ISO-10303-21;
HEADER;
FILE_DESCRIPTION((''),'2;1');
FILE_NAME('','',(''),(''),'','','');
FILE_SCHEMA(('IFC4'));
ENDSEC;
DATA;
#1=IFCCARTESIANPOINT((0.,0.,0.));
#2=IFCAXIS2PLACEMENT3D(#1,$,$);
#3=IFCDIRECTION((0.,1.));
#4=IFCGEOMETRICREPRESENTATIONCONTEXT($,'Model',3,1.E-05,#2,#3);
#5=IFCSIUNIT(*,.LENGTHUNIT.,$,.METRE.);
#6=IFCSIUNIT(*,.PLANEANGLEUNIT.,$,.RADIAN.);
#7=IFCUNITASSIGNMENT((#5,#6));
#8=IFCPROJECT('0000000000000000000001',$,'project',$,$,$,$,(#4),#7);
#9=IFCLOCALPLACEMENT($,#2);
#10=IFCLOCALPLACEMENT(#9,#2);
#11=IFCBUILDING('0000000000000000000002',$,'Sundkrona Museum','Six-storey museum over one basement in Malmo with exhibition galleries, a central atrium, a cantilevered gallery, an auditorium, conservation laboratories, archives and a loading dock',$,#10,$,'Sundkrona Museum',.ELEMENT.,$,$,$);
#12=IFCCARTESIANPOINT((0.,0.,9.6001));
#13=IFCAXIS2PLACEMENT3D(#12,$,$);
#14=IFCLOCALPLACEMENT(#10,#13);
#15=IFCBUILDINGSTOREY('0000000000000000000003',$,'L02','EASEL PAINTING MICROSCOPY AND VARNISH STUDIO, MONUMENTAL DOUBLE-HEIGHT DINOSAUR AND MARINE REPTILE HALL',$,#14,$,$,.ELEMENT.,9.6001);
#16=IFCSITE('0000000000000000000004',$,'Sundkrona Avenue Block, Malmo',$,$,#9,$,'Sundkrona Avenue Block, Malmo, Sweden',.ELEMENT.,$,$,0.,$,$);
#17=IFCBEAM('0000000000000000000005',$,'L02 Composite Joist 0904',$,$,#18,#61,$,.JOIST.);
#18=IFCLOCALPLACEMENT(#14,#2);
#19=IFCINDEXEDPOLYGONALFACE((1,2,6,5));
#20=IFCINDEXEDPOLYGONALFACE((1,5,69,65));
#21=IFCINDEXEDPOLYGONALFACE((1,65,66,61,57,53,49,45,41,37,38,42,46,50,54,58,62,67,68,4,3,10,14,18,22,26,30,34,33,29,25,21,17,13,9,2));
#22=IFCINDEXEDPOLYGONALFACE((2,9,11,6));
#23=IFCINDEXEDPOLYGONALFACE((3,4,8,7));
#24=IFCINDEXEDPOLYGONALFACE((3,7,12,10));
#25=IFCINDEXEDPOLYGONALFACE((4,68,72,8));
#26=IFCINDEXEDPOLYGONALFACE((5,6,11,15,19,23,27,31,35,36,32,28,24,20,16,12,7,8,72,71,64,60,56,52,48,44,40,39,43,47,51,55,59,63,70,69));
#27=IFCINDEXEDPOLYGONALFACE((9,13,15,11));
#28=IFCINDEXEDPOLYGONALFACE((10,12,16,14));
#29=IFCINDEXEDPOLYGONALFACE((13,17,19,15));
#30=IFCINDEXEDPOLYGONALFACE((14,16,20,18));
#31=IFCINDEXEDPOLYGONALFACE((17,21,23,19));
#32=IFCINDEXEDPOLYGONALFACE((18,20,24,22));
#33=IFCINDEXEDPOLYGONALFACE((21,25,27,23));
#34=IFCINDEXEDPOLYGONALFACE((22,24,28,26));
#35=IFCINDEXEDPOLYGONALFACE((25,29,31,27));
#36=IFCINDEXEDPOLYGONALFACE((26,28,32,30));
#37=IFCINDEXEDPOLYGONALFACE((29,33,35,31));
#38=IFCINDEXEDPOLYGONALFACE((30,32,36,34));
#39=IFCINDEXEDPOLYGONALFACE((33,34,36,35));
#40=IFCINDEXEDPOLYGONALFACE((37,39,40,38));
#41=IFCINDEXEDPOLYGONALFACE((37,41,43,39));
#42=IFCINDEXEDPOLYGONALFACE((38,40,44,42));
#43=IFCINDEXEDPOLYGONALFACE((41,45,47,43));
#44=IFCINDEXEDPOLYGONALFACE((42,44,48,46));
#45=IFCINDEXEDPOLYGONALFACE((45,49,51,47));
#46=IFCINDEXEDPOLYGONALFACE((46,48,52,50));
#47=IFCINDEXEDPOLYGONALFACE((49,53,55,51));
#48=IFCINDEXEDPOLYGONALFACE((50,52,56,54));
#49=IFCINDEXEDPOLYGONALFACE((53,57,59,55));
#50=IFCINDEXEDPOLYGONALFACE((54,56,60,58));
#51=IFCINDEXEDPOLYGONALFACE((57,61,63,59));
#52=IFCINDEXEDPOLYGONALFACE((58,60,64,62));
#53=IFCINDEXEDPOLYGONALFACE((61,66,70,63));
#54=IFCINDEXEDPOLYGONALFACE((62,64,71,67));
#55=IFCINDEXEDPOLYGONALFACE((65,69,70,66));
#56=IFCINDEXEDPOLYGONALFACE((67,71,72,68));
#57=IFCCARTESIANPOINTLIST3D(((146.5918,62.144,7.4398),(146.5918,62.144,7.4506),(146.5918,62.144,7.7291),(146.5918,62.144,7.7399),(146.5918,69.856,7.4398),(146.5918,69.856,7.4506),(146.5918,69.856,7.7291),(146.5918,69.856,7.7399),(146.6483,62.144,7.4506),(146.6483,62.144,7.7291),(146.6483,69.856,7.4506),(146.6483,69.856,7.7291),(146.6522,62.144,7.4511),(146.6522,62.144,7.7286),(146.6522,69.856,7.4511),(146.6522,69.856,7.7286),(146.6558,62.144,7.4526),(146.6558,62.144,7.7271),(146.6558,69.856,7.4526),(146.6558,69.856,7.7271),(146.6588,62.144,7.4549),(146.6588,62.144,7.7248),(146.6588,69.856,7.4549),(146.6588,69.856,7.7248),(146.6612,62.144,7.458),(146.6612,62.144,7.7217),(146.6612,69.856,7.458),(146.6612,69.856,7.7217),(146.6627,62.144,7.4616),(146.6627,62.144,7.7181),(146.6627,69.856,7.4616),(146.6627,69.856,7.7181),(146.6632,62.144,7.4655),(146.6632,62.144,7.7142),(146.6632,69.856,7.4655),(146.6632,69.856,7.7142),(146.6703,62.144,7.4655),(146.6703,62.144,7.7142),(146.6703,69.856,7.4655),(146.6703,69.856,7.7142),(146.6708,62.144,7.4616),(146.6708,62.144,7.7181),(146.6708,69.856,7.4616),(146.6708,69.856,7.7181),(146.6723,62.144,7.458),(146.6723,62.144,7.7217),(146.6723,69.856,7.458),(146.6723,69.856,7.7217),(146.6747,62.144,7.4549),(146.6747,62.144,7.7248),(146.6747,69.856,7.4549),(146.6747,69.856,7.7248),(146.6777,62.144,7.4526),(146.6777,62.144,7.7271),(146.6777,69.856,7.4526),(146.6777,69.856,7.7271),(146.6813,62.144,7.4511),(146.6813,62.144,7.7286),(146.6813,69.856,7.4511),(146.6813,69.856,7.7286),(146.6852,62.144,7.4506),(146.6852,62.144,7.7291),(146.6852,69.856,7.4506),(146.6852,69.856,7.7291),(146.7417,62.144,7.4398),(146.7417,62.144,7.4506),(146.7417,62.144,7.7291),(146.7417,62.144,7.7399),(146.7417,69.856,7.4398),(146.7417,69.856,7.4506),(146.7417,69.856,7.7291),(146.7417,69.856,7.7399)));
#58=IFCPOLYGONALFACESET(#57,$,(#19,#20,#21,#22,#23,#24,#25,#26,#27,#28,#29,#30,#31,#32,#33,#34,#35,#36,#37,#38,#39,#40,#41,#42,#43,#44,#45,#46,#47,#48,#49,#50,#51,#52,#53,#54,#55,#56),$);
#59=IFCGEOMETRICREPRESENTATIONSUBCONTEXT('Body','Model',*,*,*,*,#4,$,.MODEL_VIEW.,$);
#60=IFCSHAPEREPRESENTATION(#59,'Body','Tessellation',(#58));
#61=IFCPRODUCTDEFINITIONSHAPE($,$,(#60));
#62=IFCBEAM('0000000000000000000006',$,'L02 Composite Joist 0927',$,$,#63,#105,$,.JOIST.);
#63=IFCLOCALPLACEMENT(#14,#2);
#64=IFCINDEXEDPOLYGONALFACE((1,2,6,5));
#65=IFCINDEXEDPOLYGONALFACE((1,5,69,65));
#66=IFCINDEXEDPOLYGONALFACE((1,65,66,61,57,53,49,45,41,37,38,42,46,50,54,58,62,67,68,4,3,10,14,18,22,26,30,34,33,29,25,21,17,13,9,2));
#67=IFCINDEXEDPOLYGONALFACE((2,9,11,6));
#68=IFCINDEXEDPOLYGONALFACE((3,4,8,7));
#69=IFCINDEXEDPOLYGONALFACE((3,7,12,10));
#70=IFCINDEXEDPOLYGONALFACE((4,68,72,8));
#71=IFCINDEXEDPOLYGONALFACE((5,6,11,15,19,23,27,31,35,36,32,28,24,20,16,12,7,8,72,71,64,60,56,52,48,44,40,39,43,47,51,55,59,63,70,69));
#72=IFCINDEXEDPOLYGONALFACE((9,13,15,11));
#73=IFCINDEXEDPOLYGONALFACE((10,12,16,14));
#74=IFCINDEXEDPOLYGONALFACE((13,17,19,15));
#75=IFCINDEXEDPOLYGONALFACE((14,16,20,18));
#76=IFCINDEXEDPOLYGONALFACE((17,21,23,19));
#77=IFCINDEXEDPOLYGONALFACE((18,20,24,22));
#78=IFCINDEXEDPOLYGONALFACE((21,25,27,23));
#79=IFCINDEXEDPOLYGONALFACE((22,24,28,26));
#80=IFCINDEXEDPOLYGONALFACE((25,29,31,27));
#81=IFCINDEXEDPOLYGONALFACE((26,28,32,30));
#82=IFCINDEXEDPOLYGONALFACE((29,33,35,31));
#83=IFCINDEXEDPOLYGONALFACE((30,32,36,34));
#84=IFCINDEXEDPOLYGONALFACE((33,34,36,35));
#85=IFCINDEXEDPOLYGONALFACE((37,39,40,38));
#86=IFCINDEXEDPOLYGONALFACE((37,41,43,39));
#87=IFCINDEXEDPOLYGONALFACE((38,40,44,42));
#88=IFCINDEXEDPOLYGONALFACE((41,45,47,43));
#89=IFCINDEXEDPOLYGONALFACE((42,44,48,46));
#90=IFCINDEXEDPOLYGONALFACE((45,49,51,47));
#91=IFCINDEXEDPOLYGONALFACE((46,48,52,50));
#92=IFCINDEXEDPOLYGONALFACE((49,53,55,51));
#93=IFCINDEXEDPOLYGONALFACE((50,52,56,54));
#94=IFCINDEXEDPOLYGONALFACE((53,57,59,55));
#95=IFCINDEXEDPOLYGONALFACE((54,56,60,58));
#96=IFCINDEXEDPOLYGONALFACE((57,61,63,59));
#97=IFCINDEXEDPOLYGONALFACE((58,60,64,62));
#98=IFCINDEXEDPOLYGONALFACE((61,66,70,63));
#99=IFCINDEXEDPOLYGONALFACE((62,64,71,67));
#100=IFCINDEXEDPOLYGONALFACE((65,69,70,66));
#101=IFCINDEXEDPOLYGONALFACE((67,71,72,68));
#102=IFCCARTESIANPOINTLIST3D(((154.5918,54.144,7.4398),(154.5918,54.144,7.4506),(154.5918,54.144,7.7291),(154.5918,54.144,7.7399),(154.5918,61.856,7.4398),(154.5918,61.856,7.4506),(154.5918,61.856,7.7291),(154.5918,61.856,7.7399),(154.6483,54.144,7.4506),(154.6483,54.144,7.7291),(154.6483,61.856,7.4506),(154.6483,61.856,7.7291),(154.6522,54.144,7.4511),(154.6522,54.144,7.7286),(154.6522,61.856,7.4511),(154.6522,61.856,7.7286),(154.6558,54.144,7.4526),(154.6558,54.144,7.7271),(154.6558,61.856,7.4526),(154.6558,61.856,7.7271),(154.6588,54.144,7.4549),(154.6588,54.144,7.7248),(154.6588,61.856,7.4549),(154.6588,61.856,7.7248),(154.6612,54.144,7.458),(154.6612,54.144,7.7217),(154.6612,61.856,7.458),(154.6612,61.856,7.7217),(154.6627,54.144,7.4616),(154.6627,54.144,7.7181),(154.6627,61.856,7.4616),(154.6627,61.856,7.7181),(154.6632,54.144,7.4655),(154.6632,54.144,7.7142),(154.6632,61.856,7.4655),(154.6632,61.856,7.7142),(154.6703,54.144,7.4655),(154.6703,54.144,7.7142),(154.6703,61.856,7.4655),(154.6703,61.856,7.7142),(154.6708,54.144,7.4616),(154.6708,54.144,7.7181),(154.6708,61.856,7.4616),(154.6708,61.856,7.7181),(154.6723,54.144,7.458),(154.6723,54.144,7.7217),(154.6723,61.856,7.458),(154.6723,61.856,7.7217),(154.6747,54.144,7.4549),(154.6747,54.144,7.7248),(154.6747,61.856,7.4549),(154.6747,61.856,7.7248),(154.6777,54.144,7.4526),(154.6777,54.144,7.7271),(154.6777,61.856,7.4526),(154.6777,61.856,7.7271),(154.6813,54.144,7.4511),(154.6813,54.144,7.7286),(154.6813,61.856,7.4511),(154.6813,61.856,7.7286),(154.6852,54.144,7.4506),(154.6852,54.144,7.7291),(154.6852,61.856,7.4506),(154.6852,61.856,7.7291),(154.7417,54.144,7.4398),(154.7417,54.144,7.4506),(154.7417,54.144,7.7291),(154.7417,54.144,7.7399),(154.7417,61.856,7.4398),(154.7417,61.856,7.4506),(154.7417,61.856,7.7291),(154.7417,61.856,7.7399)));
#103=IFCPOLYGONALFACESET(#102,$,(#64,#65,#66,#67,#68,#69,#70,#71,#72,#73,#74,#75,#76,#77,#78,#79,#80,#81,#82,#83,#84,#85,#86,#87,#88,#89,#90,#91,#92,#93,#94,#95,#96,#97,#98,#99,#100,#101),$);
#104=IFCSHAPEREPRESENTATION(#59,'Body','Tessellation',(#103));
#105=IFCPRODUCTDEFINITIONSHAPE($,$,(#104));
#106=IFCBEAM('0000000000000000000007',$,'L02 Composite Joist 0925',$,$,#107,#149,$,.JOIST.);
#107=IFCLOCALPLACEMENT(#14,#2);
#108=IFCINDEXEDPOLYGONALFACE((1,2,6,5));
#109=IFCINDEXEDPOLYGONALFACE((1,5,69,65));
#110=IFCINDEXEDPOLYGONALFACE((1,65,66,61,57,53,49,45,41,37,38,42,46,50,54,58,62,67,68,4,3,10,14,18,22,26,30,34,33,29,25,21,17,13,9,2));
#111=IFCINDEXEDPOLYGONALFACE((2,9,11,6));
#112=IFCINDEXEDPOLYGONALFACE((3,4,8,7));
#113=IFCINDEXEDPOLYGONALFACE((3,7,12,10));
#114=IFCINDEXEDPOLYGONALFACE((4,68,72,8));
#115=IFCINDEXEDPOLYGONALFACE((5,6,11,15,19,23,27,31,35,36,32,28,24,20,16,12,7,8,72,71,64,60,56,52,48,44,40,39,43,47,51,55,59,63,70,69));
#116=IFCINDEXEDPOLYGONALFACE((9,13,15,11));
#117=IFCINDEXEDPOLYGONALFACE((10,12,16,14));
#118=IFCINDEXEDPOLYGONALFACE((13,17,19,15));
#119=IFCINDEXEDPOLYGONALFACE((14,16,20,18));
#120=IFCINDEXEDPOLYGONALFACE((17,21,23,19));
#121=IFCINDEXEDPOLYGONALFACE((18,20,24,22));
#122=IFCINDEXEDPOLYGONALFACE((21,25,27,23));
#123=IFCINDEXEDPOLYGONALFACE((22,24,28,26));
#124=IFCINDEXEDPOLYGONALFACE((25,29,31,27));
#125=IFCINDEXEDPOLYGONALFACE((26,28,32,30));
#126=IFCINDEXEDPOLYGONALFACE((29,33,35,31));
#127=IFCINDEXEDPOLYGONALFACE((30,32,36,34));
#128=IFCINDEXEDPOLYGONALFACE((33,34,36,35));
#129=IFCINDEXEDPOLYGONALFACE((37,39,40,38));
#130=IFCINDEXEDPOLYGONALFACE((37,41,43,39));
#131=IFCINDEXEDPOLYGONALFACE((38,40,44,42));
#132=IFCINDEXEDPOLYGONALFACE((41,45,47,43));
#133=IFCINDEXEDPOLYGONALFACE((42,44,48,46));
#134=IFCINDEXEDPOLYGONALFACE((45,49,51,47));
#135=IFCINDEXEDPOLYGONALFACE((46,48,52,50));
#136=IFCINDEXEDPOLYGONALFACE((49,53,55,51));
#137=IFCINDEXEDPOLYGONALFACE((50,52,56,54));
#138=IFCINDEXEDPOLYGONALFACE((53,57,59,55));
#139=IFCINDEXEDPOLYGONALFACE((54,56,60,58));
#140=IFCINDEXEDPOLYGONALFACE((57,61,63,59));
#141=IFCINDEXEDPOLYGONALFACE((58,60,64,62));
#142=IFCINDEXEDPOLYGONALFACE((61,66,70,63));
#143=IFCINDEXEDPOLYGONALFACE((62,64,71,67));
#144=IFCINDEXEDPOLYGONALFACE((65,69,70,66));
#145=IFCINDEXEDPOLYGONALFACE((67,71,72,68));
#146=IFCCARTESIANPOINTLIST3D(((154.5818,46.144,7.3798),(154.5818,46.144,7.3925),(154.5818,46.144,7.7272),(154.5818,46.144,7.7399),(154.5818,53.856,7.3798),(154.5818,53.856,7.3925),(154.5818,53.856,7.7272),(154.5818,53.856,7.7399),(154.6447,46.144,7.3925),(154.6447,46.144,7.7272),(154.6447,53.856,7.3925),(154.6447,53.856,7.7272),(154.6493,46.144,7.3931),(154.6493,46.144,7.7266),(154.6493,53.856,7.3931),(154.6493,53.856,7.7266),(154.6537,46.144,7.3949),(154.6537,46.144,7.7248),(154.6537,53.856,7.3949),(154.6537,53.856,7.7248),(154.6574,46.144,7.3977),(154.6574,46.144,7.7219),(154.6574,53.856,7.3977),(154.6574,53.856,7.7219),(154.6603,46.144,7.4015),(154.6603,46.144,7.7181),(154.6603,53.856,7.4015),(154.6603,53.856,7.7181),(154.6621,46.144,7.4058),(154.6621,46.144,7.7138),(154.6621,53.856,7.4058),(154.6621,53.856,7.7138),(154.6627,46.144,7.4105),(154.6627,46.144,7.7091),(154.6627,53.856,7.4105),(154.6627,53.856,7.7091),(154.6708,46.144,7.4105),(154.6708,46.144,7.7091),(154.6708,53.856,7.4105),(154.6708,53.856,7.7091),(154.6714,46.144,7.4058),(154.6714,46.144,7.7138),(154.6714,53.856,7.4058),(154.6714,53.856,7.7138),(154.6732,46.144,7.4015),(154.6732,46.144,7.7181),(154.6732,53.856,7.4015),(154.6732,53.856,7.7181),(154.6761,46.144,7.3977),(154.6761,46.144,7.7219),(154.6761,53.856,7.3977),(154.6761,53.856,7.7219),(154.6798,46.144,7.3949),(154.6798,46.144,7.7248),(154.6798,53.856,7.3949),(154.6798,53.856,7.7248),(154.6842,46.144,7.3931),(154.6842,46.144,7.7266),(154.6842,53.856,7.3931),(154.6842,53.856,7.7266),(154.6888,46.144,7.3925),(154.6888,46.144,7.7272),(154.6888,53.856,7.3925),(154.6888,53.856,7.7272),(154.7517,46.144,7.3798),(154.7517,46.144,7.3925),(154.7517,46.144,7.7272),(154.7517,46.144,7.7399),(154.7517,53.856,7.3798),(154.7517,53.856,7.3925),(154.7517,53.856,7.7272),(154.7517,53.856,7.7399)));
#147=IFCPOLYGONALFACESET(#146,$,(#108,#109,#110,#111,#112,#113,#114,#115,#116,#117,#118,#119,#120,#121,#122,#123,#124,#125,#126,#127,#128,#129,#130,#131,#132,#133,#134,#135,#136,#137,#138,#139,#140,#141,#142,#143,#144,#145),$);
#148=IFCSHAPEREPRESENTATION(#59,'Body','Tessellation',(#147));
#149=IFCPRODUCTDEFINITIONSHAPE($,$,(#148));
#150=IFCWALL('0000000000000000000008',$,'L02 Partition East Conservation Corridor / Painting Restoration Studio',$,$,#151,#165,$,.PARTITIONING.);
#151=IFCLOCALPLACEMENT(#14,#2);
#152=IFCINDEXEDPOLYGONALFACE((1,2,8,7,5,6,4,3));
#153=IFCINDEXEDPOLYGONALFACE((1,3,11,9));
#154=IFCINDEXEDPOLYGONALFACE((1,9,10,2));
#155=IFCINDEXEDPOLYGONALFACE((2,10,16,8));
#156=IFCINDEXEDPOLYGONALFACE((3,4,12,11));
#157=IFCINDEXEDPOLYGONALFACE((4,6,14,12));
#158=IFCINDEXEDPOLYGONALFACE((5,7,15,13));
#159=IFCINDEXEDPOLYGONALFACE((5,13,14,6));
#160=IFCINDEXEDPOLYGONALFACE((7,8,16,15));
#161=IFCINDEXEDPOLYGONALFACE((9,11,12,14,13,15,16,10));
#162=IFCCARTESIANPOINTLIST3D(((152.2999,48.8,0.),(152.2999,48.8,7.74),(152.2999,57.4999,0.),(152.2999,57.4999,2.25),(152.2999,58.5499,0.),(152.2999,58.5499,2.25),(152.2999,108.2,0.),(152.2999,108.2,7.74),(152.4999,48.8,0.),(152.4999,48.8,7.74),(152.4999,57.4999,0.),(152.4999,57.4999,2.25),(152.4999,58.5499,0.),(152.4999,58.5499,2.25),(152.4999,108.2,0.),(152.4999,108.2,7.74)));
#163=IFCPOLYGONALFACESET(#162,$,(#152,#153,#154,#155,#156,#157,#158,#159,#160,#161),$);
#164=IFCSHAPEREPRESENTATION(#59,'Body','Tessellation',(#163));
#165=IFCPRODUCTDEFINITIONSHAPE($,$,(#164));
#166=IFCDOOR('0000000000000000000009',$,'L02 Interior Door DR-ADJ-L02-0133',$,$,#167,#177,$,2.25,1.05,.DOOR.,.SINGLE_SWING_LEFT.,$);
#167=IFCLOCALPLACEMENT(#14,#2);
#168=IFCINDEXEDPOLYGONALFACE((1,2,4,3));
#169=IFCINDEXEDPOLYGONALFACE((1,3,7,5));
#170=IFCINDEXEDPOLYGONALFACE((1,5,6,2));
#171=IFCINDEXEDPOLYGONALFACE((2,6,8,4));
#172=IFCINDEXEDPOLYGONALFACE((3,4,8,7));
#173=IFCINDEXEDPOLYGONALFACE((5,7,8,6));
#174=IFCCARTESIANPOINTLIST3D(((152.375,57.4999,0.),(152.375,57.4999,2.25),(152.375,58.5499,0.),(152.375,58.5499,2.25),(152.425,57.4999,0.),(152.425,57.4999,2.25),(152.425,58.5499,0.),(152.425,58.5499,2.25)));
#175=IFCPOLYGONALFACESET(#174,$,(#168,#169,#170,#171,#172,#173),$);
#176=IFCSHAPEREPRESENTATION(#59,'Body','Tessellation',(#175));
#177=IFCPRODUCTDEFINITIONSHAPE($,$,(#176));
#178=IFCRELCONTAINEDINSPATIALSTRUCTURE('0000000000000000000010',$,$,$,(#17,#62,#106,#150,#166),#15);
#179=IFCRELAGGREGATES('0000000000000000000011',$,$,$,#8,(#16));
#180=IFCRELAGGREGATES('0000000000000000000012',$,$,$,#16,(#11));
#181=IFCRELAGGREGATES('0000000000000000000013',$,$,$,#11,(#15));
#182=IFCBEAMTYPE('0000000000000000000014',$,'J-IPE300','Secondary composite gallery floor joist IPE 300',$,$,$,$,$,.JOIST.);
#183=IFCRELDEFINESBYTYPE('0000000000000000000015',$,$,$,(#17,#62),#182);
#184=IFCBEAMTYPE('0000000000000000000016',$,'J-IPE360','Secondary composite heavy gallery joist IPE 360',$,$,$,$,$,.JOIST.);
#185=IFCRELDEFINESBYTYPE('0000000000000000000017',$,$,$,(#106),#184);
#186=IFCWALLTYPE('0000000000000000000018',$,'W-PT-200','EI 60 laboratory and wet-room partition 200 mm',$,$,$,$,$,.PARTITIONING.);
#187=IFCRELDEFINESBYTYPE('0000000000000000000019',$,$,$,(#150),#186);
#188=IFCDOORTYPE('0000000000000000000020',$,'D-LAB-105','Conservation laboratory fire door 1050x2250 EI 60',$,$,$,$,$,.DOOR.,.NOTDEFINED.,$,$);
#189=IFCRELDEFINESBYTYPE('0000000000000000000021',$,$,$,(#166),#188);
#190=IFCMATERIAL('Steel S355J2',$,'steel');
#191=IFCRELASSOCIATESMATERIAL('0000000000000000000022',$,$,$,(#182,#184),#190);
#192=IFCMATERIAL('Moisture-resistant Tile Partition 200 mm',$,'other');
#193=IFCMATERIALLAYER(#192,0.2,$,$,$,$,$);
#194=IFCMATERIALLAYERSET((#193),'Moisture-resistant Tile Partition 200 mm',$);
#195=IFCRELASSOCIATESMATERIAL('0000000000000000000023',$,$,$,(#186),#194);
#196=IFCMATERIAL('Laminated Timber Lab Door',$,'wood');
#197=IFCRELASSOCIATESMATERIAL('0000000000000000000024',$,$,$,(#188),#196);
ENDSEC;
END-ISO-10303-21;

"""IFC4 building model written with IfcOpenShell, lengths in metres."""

from ifc_helpers import new_model, si_unit, direction, frame, frame_2d, origin, origin_2d, place, context, subcontext, project, spatial, rectangle, i_section, extrude, material, layer, layer_set, material_profile, profile_set, type_object, element, fill, save


model = new_model("IFC4")

# Units and contexts
model_context = context("Model", 3, precision=1e-05, world=origin(), true_north=direction((0.0, 1.0)))
body_context = subcontext(model_context, "Body", "Model", "MODEL_VIEW")
ifc_project = project(units=[si_unit("LENGTHUNIT", "METRE"), si_unit("PLANEANGLEUNIT", "RADIAN")], contexts=[model_context])

# Site, building, storey
site_placement = place(None, origin())
site = spatial("IfcSite", under=ifc_project, at=site_placement, Name="Sundkrona Avenue Block, Malmo", LongName="Sundkrona Avenue Block, Malmo, Sweden", CompositionType="ELEMENT", RefElevation=0.0)
building_placement = place(site_placement, origin())
building = spatial("IfcBuilding", under=site, at=building_placement, Name="Sundkrona Museum", Description="Six-storey museum over one basement in Malmo with exhibition galleries, a central atrium, a cantilevered gallery, an auditorium, conservation laboratories, archives and a loading dock", LongName="Sundkrona Museum", CompositionType="ELEMENT")
storey_placement = place(building_placement, frame((0.0, 0.0, 9.6001)))
storey = spatial("IfcBuildingStorey", under=building, at=storey_placement, Name="L02", Description="EASEL PAINTING MICROSCOPY AND VARNISH STUDIO, MONUMENTAL DOUBLE-HEIGHT DINOSAUR AND MARINE REPTILE HALL", CompositionType="ELEMENT", Elevation=9.6001)

# Shared definitions
ifc_material_1 = material(Name="Steel S355J2", Category="steel")

# Beams
ifc_material_profile_1 = material_profile(ifc_material_1, i_section(OverallWidth=0.1499, OverallDepth=0.3, WebThickness=0.0071, FlangeThickness=0.0107, FilletRadius=0.0149, at=origin_2d()), Name="IPE 300")
ifc_profile_set_1 = profile_set([ifc_material_profile_1], Name="Steel S355J2")
beam_type_1 = type_object("IfcBeamType", Name="J-IPE300", Description="Secondary composite gallery floor joist IPE 300", PredefinedType="JOIST", material=ifc_profile_set_1)
for number, where, z_axis, x_axis, name in (
    (1, (146.6667, 62.144, 7.5898), (0.0, 1.0, 0.0), (-1.0, 0.0, 0.0), "L02 Composite Joist 0904"),
    (2, (154.6667, 54.144, 7.5898), (0.0, 1.0, 0.0), (-1.0, 0.0, 0.0), "L02 Composite Joist 0927"),
):
    element("IfcBeam", number, at=place(storey_placement, frame(where, z_axis=z_axis, x_axis=x_axis)), inside=storey, type_object=beam_type_1, Name=name, PredefinedType="JOIST", context=body_context, shape_type="SweptSolid", body=[
        extrude(i_section(OverallWidth=0.1499, OverallDepth=0.3, WebThickness=0.0071, FlangeThickness=0.0107, FilletRadius=0.0149, at=origin_2d()), origin(), (0.0, 0.0, 1.0), 7.7119),
    ])
ifc_material_profile_2 = material_profile(ifc_material_1, i_section(OverallWidth=0.1699, OverallDepth=0.3601, WebThickness=0.0081, FlangeThickness=0.0127, FilletRadius=0.0181, at=origin_2d()), Name="IPE 360")
ifc_profile_set_2 = profile_set([ifc_material_profile_2], Name="Steel S355J2")
beam_type_2 = type_object("IfcBeamType", Name="J-IPE360", Description="Secondary composite heavy gallery joist IPE 360", PredefinedType="JOIST", material=ifc_profile_set_2)
beam_1_placement = place(storey_placement, frame((154.6667, 46.144, 7.5598), z_axis=(0.0, 1.0, 0.0), x_axis=(-1.0, 0.0, 0.0)))
element("IfcBeam", 3, at=beam_1_placement, inside=storey, type_object=beam_type_2, Name="L02 Composite Joist 0925", PredefinedType="JOIST", context=body_context, shape_type="SweptSolid", body=[
    extrude(i_section(OverallWidth=0.1699, OverallDepth=0.3601, WebThickness=0.0081, FlangeThickness=0.0127, FilletRadius=0.0181, at=origin_2d()), origin(), (0.0, 0.0, 1.0), 7.7119),
])

# Wall, opening, door
ifc_material_2 = material(Name="Moisture-resistant Tile Partition 200 mm", Category="other")
ifc_layer = layer(ifc_material_2, 0.2)
ifc_layer_set = layer_set([ifc_layer], Name="Moisture-resistant Tile Partition 200 mm")
wall_type = type_object("IfcWallType", Name="W-PT-200", Description="EI 60 laboratory and wet-room partition 200 mm", PredefinedType="PARTITIONING", material=ifc_layer_set)
wall_1_placement = place(storey_placement, frame((152.3999, 48.8, 0.0), z_axis=(0.0, 0.0, 1.0), x_axis=(0.0, 1.0, 0.0)))
wall_1 = element("IfcWall", 4, at=wall_1_placement, inside=storey, type_object=wall_type, Name="L02 Partition East Conservation Corridor / Painting Restoration Studio", PredefinedType="PARTITIONING", context=body_context, shape_type="SweptSolid", body=[
    extrude(rectangle(XDim=59.3999, YDim=0.2, at=frame_2d((29.7, 0.0))), origin(), (0.0, 0.0, 1.0), 7.74),
])
opening_1_placement = place(wall_1_placement, frame((8.7, 0.0, 0.0)))
opening_1 = element("IfcOpeningElement", 5, at=opening_1_placement, cuts=wall_1, PredefinedType="OPENING", context=body_context, shape_type="SweptSolid", body=[
    extrude(rectangle(XDim=1.05, YDim=2.25, at=frame_2d((0.5249, 1.125))), frame((0.0, 0.1099, 0.0), z_axis=(0.0, -1.0, 0.0), x_axis=(1.0, 0.0, 0.0)), (0.0, 0.0, 1.0), 0.22),
])
ifc_material_3 = material(Name="Laminated Timber Lab Door", Category="wood")
door_type = type_object("IfcDoorType", Name="D-LAB-105", Description="Conservation laboratory fire door 1050x2250 EI 60", OperationType="NOTDEFINED", PredefinedType="DOOR", material=ifc_material_3)
door_1_placement = place(opening_1_placement, origin())
door_1 = element("IfcDoor", 6, at=door_1_placement, inside=storey, type_object=door_type, Name="L02 Interior Door DR-ADJ-L02-0133", OperationType="SINGLE_SWING_LEFT", OverallHeight=2.25, OverallWidth=1.05, PredefinedType="DOOR", context=body_context, shape_type="SweptSolid", body=[
    extrude(rectangle(XDim=1.05, YDim=2.25, at=frame_2d((0.5249, 1.125))), frame((0.0, 0.0249, 0.0), z_axis=(0.0, -1.0, 0.0), x_axis=(1.0, 0.0, 0.0)), (0.0, 0.0, 1.0), 0.05),
])
fill(opening_1, door_1)

save(model, "model.ifc")
